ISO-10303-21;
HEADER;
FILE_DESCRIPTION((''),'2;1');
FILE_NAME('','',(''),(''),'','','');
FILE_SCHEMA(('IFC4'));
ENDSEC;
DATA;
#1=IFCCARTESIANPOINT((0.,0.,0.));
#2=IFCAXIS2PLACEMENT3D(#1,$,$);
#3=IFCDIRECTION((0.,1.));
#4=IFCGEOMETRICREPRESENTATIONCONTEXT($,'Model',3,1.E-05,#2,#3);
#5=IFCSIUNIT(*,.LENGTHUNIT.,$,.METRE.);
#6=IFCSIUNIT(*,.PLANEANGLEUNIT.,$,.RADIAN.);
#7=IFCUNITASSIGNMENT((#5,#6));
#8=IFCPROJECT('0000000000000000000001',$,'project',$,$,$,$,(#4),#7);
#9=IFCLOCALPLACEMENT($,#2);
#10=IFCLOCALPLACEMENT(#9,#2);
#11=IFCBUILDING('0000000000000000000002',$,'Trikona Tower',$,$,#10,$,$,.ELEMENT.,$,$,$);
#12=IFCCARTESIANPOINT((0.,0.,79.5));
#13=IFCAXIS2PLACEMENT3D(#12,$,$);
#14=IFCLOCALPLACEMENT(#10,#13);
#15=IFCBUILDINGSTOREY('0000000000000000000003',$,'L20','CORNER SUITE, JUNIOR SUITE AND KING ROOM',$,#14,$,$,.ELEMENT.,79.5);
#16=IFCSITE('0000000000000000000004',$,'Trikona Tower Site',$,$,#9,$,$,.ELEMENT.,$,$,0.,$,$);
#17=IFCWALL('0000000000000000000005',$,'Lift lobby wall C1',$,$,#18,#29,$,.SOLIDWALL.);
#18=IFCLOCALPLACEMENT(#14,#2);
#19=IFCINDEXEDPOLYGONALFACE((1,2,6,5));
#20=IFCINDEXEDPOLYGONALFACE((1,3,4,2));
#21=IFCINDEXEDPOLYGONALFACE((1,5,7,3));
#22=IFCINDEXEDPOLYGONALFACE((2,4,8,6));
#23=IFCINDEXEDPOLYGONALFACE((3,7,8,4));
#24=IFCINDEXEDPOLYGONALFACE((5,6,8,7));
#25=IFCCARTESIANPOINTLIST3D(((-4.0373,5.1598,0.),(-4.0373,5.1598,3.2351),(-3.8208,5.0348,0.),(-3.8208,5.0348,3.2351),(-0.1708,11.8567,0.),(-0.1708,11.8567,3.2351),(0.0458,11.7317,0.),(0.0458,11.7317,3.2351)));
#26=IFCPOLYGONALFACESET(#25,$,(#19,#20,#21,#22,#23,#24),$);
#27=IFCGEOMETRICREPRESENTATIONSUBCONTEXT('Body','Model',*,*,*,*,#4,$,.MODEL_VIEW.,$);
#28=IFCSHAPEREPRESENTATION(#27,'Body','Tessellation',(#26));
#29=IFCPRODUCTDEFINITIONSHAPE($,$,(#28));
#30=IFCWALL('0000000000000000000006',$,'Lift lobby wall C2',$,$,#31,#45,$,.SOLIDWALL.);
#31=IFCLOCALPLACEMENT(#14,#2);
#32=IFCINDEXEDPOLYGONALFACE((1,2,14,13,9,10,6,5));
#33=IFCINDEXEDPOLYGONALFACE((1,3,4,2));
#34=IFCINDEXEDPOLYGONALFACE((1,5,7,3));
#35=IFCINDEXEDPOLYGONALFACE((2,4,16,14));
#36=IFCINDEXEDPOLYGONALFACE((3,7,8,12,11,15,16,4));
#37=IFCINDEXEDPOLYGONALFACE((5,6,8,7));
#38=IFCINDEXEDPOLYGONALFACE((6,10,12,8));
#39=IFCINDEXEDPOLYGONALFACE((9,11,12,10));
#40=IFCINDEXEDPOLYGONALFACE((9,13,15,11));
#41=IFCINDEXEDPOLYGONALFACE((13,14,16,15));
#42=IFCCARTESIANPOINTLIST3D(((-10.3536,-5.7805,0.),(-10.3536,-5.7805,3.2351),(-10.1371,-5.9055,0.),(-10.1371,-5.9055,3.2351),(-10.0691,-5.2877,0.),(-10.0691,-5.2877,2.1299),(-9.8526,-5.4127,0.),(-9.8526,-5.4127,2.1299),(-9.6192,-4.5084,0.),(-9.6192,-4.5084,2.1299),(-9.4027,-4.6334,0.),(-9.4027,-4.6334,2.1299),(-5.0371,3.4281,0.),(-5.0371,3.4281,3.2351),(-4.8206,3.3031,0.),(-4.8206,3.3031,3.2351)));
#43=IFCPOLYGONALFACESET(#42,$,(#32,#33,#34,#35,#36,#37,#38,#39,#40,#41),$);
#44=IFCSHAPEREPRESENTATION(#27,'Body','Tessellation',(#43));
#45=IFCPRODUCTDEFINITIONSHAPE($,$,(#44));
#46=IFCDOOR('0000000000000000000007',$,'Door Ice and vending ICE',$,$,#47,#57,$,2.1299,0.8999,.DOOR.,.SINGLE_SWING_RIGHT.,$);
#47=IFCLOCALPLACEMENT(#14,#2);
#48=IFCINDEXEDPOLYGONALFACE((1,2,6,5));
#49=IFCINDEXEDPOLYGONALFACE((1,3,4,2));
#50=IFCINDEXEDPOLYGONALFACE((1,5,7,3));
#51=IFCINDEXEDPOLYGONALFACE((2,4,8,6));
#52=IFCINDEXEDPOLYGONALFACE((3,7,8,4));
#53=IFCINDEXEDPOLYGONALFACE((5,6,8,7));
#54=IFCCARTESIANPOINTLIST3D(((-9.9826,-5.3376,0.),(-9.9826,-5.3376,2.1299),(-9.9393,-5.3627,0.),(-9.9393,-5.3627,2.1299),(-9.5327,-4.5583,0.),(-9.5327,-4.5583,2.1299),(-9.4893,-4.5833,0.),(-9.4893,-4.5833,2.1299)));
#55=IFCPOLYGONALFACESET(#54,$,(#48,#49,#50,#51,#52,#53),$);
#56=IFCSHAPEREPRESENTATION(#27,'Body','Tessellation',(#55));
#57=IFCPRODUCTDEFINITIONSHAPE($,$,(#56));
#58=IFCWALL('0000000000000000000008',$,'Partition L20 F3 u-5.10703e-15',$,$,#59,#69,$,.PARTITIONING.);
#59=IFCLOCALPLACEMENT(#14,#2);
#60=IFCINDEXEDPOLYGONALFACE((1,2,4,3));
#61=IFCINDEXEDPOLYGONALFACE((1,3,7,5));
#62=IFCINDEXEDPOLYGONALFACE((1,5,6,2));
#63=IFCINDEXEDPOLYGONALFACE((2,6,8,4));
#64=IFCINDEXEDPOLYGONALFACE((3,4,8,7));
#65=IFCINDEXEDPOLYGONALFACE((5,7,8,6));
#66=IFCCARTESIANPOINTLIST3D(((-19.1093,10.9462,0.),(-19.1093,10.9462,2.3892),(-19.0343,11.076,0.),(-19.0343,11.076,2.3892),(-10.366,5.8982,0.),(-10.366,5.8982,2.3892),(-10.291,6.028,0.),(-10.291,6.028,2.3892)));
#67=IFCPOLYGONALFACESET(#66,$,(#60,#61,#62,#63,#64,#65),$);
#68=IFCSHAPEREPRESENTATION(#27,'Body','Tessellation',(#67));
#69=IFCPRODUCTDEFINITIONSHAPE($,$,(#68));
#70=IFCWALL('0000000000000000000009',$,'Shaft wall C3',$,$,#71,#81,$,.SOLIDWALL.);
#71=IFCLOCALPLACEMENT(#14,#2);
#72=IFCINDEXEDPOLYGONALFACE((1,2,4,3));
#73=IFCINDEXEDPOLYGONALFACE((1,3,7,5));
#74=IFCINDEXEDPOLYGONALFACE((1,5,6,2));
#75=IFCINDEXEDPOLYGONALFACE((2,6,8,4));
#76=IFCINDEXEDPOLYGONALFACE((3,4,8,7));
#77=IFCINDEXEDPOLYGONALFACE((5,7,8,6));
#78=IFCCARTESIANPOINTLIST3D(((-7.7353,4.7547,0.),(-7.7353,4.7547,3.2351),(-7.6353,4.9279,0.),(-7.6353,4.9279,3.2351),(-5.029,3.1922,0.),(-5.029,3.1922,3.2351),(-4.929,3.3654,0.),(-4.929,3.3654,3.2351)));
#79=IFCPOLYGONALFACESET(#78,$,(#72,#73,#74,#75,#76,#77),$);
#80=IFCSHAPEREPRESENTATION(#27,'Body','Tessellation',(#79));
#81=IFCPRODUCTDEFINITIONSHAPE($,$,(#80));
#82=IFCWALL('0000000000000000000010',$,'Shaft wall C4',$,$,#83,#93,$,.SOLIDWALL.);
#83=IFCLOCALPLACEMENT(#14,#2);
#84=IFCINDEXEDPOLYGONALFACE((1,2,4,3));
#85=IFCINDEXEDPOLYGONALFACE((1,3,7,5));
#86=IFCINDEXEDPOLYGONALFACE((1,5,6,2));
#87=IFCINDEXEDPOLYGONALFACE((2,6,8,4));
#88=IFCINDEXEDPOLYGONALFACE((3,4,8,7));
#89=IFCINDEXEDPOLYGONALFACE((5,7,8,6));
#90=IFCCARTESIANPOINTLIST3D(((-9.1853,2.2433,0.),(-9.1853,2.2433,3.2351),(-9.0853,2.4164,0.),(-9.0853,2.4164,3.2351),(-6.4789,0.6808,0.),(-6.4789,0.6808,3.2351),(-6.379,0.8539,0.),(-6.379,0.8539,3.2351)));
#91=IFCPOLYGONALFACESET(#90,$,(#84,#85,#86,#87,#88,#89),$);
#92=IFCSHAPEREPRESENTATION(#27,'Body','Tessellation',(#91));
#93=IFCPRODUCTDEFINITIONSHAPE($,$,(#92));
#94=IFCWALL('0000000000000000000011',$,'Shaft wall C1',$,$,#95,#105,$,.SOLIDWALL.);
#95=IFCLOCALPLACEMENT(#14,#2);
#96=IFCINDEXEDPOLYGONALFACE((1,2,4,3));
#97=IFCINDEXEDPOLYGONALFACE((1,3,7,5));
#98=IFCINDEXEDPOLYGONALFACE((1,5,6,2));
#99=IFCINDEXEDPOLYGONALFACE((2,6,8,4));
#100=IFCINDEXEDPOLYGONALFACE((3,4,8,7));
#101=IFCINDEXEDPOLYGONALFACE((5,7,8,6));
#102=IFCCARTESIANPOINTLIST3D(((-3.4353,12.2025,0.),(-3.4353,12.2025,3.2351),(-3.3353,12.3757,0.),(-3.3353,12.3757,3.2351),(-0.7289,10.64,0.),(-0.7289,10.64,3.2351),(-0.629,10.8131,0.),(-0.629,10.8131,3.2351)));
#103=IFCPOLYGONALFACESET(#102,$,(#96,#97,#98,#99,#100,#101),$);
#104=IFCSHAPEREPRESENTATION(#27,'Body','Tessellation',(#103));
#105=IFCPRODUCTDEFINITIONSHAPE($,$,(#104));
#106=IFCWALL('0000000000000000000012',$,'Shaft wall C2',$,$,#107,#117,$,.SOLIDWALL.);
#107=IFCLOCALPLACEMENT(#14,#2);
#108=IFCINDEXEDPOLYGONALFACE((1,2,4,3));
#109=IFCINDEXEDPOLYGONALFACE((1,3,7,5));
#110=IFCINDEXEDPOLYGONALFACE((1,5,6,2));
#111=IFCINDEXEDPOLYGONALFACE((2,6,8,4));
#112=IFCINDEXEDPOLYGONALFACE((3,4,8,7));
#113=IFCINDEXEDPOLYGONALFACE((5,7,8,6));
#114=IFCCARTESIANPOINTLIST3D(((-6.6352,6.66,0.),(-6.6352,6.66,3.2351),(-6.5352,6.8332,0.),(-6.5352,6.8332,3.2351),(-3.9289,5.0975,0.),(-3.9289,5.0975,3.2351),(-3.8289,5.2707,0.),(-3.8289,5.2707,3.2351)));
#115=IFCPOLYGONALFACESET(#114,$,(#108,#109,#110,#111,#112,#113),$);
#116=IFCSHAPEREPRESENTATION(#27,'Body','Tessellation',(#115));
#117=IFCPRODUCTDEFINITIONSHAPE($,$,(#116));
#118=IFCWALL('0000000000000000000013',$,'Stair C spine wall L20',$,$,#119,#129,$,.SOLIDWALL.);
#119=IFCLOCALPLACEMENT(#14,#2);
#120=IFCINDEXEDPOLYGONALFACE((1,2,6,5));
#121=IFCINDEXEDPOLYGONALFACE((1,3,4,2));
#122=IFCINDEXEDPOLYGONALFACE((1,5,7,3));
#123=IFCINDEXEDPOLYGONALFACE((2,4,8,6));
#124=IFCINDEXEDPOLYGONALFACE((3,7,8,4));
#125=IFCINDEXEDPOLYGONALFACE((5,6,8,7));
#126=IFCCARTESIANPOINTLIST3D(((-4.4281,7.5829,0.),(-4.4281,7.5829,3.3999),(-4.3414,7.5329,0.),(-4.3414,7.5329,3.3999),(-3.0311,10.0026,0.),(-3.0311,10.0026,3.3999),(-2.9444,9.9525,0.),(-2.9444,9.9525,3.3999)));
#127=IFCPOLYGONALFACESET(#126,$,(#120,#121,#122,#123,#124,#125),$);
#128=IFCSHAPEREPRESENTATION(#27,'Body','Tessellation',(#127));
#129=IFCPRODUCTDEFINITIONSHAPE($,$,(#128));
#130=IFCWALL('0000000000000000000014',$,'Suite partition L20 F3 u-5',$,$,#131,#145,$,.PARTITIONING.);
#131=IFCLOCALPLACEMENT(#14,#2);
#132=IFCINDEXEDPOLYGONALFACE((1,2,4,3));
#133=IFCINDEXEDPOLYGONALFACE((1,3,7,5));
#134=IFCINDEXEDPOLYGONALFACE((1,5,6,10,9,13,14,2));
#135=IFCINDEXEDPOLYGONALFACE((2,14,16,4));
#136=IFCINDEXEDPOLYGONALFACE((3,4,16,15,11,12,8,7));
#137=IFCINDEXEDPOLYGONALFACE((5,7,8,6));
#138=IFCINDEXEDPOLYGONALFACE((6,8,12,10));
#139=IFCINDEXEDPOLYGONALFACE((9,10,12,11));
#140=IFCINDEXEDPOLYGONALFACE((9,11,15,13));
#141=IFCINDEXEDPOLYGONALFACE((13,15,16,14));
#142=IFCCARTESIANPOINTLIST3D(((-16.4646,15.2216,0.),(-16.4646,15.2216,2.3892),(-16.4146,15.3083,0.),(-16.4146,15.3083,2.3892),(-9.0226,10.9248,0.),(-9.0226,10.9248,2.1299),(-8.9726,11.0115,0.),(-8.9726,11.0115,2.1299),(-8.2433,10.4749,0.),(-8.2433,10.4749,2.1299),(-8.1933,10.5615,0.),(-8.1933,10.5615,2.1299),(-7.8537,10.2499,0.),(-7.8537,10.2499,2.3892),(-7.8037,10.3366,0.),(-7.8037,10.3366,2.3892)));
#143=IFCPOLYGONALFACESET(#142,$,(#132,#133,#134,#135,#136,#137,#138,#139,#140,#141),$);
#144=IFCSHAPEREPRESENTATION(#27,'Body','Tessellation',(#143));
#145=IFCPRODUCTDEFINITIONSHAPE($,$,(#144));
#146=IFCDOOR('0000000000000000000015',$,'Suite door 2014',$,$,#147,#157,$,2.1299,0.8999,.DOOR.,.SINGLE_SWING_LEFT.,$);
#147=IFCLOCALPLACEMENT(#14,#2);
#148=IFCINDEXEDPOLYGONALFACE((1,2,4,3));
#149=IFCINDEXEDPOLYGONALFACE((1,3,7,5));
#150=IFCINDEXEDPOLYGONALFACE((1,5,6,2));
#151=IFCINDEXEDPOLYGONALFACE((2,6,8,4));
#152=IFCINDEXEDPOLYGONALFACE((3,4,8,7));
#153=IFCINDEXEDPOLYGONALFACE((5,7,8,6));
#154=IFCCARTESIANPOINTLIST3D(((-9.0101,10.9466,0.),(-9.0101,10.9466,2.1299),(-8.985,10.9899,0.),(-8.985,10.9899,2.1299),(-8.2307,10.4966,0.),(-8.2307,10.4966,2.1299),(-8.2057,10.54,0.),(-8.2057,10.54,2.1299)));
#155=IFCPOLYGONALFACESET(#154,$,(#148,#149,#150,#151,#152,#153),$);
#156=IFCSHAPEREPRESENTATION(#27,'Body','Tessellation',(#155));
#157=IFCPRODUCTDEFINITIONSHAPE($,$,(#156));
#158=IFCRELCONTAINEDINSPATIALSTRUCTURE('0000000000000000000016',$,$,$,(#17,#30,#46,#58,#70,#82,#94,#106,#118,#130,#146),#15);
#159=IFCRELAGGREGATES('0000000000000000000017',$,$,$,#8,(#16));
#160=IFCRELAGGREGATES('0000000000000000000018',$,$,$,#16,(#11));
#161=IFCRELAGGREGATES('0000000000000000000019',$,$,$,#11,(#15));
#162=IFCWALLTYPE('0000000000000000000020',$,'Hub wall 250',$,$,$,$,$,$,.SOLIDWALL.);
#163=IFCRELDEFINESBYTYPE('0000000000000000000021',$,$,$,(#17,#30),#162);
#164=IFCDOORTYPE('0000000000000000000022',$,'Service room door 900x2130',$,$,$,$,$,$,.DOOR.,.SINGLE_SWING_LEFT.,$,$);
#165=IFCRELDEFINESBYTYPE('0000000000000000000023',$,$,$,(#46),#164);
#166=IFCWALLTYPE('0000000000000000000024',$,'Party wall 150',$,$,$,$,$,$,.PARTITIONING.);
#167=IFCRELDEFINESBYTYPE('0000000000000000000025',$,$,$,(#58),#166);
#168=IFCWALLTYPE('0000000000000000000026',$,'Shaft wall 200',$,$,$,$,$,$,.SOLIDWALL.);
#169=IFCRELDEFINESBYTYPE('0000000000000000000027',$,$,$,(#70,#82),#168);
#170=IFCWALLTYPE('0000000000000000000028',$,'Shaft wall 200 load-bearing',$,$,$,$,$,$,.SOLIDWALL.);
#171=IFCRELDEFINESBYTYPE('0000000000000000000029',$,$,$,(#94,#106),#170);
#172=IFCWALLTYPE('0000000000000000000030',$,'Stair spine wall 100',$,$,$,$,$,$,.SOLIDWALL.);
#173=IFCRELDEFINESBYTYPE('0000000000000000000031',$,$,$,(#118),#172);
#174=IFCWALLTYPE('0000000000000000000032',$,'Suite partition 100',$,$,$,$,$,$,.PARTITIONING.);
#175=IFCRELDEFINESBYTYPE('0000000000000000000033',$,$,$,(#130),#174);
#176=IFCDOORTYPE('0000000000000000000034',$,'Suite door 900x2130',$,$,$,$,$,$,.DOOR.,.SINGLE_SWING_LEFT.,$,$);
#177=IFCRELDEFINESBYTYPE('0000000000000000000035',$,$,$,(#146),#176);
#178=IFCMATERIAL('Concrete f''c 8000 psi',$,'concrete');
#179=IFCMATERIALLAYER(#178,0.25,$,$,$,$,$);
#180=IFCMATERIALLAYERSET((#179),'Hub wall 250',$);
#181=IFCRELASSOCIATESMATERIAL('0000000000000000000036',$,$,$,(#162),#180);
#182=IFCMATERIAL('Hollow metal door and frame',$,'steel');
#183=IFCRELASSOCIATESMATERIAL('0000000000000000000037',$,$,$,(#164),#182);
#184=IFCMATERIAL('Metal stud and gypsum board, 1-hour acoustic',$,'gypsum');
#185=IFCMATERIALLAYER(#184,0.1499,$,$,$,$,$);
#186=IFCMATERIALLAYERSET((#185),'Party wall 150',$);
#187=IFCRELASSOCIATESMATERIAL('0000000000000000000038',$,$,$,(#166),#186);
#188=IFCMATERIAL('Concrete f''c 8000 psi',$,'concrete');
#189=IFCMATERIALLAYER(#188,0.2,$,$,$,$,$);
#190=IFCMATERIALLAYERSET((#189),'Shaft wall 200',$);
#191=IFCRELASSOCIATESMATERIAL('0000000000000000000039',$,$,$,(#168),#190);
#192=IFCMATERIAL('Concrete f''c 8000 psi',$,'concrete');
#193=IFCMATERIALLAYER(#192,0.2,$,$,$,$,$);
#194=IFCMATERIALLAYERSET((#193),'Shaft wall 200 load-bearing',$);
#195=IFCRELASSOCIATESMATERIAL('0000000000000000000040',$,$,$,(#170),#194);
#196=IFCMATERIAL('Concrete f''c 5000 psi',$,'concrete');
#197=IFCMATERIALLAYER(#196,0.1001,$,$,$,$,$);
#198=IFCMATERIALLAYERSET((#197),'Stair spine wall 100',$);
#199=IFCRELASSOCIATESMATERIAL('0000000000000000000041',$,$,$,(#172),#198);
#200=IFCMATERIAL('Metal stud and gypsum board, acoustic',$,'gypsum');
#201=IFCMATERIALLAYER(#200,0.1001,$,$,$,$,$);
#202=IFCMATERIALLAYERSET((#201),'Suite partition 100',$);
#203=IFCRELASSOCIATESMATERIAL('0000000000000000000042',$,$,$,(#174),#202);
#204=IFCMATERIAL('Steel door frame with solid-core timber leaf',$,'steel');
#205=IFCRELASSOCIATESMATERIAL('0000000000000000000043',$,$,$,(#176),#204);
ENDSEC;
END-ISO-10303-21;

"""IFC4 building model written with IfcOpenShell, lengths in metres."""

from ifc_helpers import new_model, si_unit, direction, frame, frame_2d, origin, place, context, subcontext, project, spatial, rectangle, extrude, material, layer, layer_set, type_object, element, fill, save


model = new_model("IFC4")

# Units and contexts
model_context = context("Model", 3, precision=1e-05, world=origin(), true_north=direction((0.0, 1.0)))
body_context = subcontext(model_context, "Body", "Model", "MODEL_VIEW")
ifc_project = project(units=[si_unit("LENGTHUNIT", "METRE"), si_unit("PLANEANGLEUNIT", "RADIAN")], contexts=[model_context])

# Site, building, storey
site_placement = place(None, origin())
site = spatial("IfcSite", under=ifc_project, at=site_placement, Name="Trikona Tower Site", CompositionType="ELEMENT", RefElevation=0.0)
building_placement = place(site_placement, origin())
building = spatial("IfcBuilding", under=site, at=building_placement, Name="Trikona Tower", CompositionType="ELEMENT")
storey_placement = place(building_placement, frame((0.0, 0.0, 79.5)))
storey = spatial("IfcBuildingStorey", under=building, at=storey_placement, Name="L20", Description="CORNER SUITE, JUNIOR SUITE AND KING ROOM", CompositionType="ELEMENT", Elevation=79.5)

# Wall
ifc_material_1 = material(Name="Concrete f'c 8000 psi", Category="concrete")
ifc_layer_1 = layer(ifc_material_1, 0.25)
ifc_layer_set_1 = layer_set([ifc_layer_1], Name="Hub wall 250")
wall_type_1 = type_object("IfcWallType", Name="Hub wall 250", PredefinedType="SOLIDWALL", material=ifc_layer_set_1)
wall_1_placement = place(storey_placement, frame((-0.0625, 11.7942, 0.0), z_axis=(0.0, 0.0, 1.0), x_axis=(-0.500007, -0.866022, 0.0)))
element("IfcWall", 1, at=wall_1_placement, inside=storey, type_object=wall_type_1, Name="Lift lobby wall C1", PredefinedType="SOLIDWALL", context=body_context, shape_type="SweptSolid", body=[
    extrude(rectangle(XDim=7.7329, YDim=0.25, at=frame_2d((3.8665, 0.0))), origin(), (0.0, 0.0, 1.0), 3.2351),
])

# Wall, opening, door
wall_2_placement = place(storey_placement, frame((-4.929, 3.3655, 0.0), z_axis=(0.0, 0.0, 1.0), x_axis=(-0.499991, -0.86603, 0.0)))
wall_2 = element("IfcWall", 2, at=wall_2_placement, inside=storey, type_object=wall_type_1, Name="Lift lobby wall C2", PredefinedType="SOLIDWALL", context=body_context, shape_type="SweptSolid", body=[
    extrude(rectangle(XDim=10.6331, YDim=0.25, at=frame_2d((5.3164, 0.0))), origin(), (0.0, 0.0, 1.0), 3.2351),
])
opening_1_placement = place(wall_2_placement, frame((9.1641, 0.0, 0.0)))
opening_1 = element("IfcOpeningElement", 3, at=opening_1_placement, cuts=wall_2, PredefinedType="OPENING", context=body_context, shape_type="SweptSolid", body=[
    extrude(rectangle(XDim=0.8999, YDim=2.1299, at=frame_2d((0.45, 1.0649))), frame((0.0, 0.135, 0.0), z_axis=(0.0, -1.0, 0.0), x_axis=(1.0, 0.0, 0.0)), (0.0, 0.0, 1.0), 0.27),
])
ifc_material_2 = material(Name="Hollow metal door and frame", Category="steel")
door_type_1 = type_object("IfcDoorType", Name="Service room door 900x2130", OperationType="SINGLE_SWING_LEFT", PredefinedType="DOOR", material=ifc_material_2)
door_1_placement = place(opening_1_placement, origin())
door_1 = element("IfcDoor", 4, at=door_1_placement, inside=storey, type_object=door_type_1, Name="Door Ice and vending ICE", OperationType="SINGLE_SWING_RIGHT", OverallHeight=2.1299, OverallWidth=0.8999, PredefinedType="DOOR", context=body_context, shape_type="SweptSolid", body=[
    extrude(rectangle(XDim=0.8999, YDim=2.1299, at=frame_2d((0.45, 1.0649))), frame((0.0, 0.0249, 0.0), z_axis=(0.0, -1.0, 0.0), x_axis=(1.0, 0.0, 0.0)), (0.0, 0.0, 1.0), 0.05),
])
fill(opening_1, door_1)

# Walls
ifc_material_3 = material(Name="Metal stud and gypsum board, 1-hour acoustic", Category="gypsum")
ifc_layer_2 = layer(ifc_material_3, 0.1499)
ifc_layer_set_2 = layer_set([ifc_layer_2], Name="Party wall 150")
wall_type_2 = type_object("IfcWallType", Name="Party wall 150", PredefinedType="PARTITIONING", material=ifc_layer_set_2)
wall_3_placement = place(storey_placement, frame((-10.3286, 5.9631, 0.0), z_axis=(0.0, 0.0, 1.0), x_axis=(-0.866022, 0.500006, 0.0)))
element("IfcWall", 5, at=wall_3_placement, inside=storey, type_object=wall_type_2, Name="Partition L20 F3 u-5.10703e-15", PredefinedType="PARTITIONING", context=body_context, shape_type="SweptSolid", body=[
    extrude(rectangle(XDim=10.0959, YDim=0.1499, at=frame_2d((5.0479, 0.0))), origin(), (0.0, 0.0, 1.0), 2.3892),
])
ifc_material_4 = material(Name="Concrete f'c 8000 psi", Category="concrete")
ifc_layer_3 = layer(ifc_material_4, 0.2)
ifc_layer_set_3 = layer_set([ifc_layer_3], Name="Shaft wall 200")
wall_type_3 = type_object("IfcWallType", Name="Shaft wall 200", PredefinedType="SOLIDWALL", material=ifc_layer_set_3)
for number, where, z_axis, x_axis, name in (
    (6, (-4.979, 3.2788, 0.0), (0.0, 0.0, 1.0), (-0.866023, 0.500004, 0.0), "Shaft wall C3"),
    (7, (-6.429, 0.7673, 0.0), (0.0, 0.0, 1.0), (-0.866023, 0.500004, 0.0), "Shaft wall C4"),
):
    element("IfcWall", number, at=place(storey_placement, frame(where, z_axis=z_axis, x_axis=x_axis)), inside=storey, type_object=wall_type_3, Name=name, PredefinedType="SOLIDWALL", context=body_context, shape_type="SweptSolid", body=[
        extrude(rectangle(XDim=3.125, YDim=0.2, at=frame_2d((1.5625, 0.0))), origin(), (0.0, 0.0, 1.0), 3.2351),
    ])
ifc_material_5 = material(Name="Concrete f'c 8000 psi", Category="concrete")
ifc_layer_4 = layer(ifc_material_5, 0.2)
ifc_layer_set_4 = layer_set([ifc_layer_4], Name="Shaft wall 200 load-bearing")
wall_type_4 = type_object("IfcWallType", Name="Shaft wall 200 load-bearing", PredefinedType="SOLIDWALL", material=ifc_layer_set_4)
for number, where, z_axis, x_axis, name in (
    (8, (-0.679, 10.7266, 0.0), (0.0, 0.0, 1.0), (-0.866023, 0.500004, 0.0), "Shaft wall C1"),
    (9, (-3.8789, 5.1841, 0.0), (0.0, 0.0, 1.0), (-0.866023, 0.500004, 0.0), "Shaft wall C2"),
):
    element("IfcWall", number, at=place(storey_placement, frame(where, z_axis=z_axis, x_axis=x_axis)), inside=storey, type_object=wall_type_4, Name=name, PredefinedType="SOLIDWALL", context=body_context, shape_type="SweptSolid", body=[
        extrude(rectangle(XDim=3.125, YDim=0.2, at=frame_2d((1.5625, 0.0))), origin(), (0.0, 0.0, 1.0), 3.2351),
    ])
ifc_material_6 = material(Name="Concrete f'c 5000 psi", Category="concrete")
ifc_layer_5 = layer(ifc_material_6, 0.1001)
ifc_layer_set_5 = layer_set([ifc_layer_5], Name="Stair spine wall 100")
wall_type_5 = type_object("IfcWallType", Name="Stair spine wall 100", PredefinedType="SOLIDWALL", material=ifc_layer_set_5)
wall_4_placement = place(storey_placement, frame((-2.9878, 9.9775, 0.0), z_axis=(0.0, 0.0, 1.0), x_axis=(-0.499992, -0.86603, 0.0)))
element("IfcWall", 10, at=wall_4_placement, inside=storey, type_object=wall_type_5, Name="Stair C spine wall L20", PredefinedType="SOLIDWALL", context=body_context, shape_type="SweptSolid", body=[
    extrude(rectangle(XDim=2.7939, YDim=0.1001, at=frame_2d((1.397, 0.0))), origin(), (0.0, 0.0, 1.0), 3.3999),
])

# Wall, opening, door
ifc_material_7 = material(Name="Metal stud and gypsum board, acoustic", Category="gypsum")
ifc_layer_6 = layer(ifc_material_7, 0.1001)
ifc_layer_set_6 = layer_set([ifc_layer_6], Name="Suite partition 100")
wall_type_6 = type_object("IfcWallType", Name="Suite partition 100", PredefinedType="PARTITIONING", material=ifc_layer_set_6)
wall_5_placement = place(storey_placement, frame((-7.8286, 10.2932, 0.0), z_axis=(0.0, 0.0, 1.0), x_axis=(-0.866016, 0.500016, 0.0)))
wall_5 = element("IfcWall", 11, at=wall_5_placement, inside=storey, type_object=wall_type_6, Name="Suite partition L20 F3 u-5", PredefinedType="PARTITIONING", context=body_context, shape_type="SweptSolid", body=[
    extrude(rectangle(XDim=9.9431, YDim=0.1001, at=frame_2d((4.9717, 0.0))), origin(), (0.0, 0.0, 1.0), 2.3892),
])
opening_2_placement = place(wall_5_placement, frame((0.45, 0.0, 0.0)))
opening_2 = element("IfcOpeningElement", 12, at=opening_2_placement, cuts=wall_5, PredefinedType="OPENING", context=body_context, shape_type="SweptSolid", body=[
    extrude(rectangle(XDim=0.8999, YDim=2.1299, at=frame_2d((0.45, 1.0649))), frame((0.0, 0.0601, 0.0), z_axis=(0.0, -1.0, 0.0), x_axis=(1.0, 0.0, 0.0)), (0.0, 0.0, 1.0), 0.1201),
])
ifc_material_8 = material(Name="Steel door frame with solid-core timber leaf", Category="steel")
door_type_2 = type_object("IfcDoorType", Name="Suite door 900x2130", OperationType="SINGLE_SWING_LEFT", PredefinedType="DOOR", material=ifc_material_8)
door_2_placement = place(opening_2_placement, origin())
door_2 = element("IfcDoor", 13, at=door_2_placement, inside=storey, type_object=door_type_2, Name="Suite door 2014", OperationType="SINGLE_SWING_LEFT", OverallHeight=2.1299, OverallWidth=0.8999, PredefinedType="DOOR", context=body_context, shape_type="SweptSolid", body=[
    extrude(rectangle(XDim=0.8999, YDim=2.1299, at=frame_2d((0.45, 1.0649))), frame((0.0, 0.0249, 0.0), z_axis=(0.0, -1.0, 0.0), x_axis=(1.0, 0.0, 0.0)), (0.0, 0.0, 1.0), 0.05),
])
fill(opening_2, door_2)

save(model, "model.ifc")
